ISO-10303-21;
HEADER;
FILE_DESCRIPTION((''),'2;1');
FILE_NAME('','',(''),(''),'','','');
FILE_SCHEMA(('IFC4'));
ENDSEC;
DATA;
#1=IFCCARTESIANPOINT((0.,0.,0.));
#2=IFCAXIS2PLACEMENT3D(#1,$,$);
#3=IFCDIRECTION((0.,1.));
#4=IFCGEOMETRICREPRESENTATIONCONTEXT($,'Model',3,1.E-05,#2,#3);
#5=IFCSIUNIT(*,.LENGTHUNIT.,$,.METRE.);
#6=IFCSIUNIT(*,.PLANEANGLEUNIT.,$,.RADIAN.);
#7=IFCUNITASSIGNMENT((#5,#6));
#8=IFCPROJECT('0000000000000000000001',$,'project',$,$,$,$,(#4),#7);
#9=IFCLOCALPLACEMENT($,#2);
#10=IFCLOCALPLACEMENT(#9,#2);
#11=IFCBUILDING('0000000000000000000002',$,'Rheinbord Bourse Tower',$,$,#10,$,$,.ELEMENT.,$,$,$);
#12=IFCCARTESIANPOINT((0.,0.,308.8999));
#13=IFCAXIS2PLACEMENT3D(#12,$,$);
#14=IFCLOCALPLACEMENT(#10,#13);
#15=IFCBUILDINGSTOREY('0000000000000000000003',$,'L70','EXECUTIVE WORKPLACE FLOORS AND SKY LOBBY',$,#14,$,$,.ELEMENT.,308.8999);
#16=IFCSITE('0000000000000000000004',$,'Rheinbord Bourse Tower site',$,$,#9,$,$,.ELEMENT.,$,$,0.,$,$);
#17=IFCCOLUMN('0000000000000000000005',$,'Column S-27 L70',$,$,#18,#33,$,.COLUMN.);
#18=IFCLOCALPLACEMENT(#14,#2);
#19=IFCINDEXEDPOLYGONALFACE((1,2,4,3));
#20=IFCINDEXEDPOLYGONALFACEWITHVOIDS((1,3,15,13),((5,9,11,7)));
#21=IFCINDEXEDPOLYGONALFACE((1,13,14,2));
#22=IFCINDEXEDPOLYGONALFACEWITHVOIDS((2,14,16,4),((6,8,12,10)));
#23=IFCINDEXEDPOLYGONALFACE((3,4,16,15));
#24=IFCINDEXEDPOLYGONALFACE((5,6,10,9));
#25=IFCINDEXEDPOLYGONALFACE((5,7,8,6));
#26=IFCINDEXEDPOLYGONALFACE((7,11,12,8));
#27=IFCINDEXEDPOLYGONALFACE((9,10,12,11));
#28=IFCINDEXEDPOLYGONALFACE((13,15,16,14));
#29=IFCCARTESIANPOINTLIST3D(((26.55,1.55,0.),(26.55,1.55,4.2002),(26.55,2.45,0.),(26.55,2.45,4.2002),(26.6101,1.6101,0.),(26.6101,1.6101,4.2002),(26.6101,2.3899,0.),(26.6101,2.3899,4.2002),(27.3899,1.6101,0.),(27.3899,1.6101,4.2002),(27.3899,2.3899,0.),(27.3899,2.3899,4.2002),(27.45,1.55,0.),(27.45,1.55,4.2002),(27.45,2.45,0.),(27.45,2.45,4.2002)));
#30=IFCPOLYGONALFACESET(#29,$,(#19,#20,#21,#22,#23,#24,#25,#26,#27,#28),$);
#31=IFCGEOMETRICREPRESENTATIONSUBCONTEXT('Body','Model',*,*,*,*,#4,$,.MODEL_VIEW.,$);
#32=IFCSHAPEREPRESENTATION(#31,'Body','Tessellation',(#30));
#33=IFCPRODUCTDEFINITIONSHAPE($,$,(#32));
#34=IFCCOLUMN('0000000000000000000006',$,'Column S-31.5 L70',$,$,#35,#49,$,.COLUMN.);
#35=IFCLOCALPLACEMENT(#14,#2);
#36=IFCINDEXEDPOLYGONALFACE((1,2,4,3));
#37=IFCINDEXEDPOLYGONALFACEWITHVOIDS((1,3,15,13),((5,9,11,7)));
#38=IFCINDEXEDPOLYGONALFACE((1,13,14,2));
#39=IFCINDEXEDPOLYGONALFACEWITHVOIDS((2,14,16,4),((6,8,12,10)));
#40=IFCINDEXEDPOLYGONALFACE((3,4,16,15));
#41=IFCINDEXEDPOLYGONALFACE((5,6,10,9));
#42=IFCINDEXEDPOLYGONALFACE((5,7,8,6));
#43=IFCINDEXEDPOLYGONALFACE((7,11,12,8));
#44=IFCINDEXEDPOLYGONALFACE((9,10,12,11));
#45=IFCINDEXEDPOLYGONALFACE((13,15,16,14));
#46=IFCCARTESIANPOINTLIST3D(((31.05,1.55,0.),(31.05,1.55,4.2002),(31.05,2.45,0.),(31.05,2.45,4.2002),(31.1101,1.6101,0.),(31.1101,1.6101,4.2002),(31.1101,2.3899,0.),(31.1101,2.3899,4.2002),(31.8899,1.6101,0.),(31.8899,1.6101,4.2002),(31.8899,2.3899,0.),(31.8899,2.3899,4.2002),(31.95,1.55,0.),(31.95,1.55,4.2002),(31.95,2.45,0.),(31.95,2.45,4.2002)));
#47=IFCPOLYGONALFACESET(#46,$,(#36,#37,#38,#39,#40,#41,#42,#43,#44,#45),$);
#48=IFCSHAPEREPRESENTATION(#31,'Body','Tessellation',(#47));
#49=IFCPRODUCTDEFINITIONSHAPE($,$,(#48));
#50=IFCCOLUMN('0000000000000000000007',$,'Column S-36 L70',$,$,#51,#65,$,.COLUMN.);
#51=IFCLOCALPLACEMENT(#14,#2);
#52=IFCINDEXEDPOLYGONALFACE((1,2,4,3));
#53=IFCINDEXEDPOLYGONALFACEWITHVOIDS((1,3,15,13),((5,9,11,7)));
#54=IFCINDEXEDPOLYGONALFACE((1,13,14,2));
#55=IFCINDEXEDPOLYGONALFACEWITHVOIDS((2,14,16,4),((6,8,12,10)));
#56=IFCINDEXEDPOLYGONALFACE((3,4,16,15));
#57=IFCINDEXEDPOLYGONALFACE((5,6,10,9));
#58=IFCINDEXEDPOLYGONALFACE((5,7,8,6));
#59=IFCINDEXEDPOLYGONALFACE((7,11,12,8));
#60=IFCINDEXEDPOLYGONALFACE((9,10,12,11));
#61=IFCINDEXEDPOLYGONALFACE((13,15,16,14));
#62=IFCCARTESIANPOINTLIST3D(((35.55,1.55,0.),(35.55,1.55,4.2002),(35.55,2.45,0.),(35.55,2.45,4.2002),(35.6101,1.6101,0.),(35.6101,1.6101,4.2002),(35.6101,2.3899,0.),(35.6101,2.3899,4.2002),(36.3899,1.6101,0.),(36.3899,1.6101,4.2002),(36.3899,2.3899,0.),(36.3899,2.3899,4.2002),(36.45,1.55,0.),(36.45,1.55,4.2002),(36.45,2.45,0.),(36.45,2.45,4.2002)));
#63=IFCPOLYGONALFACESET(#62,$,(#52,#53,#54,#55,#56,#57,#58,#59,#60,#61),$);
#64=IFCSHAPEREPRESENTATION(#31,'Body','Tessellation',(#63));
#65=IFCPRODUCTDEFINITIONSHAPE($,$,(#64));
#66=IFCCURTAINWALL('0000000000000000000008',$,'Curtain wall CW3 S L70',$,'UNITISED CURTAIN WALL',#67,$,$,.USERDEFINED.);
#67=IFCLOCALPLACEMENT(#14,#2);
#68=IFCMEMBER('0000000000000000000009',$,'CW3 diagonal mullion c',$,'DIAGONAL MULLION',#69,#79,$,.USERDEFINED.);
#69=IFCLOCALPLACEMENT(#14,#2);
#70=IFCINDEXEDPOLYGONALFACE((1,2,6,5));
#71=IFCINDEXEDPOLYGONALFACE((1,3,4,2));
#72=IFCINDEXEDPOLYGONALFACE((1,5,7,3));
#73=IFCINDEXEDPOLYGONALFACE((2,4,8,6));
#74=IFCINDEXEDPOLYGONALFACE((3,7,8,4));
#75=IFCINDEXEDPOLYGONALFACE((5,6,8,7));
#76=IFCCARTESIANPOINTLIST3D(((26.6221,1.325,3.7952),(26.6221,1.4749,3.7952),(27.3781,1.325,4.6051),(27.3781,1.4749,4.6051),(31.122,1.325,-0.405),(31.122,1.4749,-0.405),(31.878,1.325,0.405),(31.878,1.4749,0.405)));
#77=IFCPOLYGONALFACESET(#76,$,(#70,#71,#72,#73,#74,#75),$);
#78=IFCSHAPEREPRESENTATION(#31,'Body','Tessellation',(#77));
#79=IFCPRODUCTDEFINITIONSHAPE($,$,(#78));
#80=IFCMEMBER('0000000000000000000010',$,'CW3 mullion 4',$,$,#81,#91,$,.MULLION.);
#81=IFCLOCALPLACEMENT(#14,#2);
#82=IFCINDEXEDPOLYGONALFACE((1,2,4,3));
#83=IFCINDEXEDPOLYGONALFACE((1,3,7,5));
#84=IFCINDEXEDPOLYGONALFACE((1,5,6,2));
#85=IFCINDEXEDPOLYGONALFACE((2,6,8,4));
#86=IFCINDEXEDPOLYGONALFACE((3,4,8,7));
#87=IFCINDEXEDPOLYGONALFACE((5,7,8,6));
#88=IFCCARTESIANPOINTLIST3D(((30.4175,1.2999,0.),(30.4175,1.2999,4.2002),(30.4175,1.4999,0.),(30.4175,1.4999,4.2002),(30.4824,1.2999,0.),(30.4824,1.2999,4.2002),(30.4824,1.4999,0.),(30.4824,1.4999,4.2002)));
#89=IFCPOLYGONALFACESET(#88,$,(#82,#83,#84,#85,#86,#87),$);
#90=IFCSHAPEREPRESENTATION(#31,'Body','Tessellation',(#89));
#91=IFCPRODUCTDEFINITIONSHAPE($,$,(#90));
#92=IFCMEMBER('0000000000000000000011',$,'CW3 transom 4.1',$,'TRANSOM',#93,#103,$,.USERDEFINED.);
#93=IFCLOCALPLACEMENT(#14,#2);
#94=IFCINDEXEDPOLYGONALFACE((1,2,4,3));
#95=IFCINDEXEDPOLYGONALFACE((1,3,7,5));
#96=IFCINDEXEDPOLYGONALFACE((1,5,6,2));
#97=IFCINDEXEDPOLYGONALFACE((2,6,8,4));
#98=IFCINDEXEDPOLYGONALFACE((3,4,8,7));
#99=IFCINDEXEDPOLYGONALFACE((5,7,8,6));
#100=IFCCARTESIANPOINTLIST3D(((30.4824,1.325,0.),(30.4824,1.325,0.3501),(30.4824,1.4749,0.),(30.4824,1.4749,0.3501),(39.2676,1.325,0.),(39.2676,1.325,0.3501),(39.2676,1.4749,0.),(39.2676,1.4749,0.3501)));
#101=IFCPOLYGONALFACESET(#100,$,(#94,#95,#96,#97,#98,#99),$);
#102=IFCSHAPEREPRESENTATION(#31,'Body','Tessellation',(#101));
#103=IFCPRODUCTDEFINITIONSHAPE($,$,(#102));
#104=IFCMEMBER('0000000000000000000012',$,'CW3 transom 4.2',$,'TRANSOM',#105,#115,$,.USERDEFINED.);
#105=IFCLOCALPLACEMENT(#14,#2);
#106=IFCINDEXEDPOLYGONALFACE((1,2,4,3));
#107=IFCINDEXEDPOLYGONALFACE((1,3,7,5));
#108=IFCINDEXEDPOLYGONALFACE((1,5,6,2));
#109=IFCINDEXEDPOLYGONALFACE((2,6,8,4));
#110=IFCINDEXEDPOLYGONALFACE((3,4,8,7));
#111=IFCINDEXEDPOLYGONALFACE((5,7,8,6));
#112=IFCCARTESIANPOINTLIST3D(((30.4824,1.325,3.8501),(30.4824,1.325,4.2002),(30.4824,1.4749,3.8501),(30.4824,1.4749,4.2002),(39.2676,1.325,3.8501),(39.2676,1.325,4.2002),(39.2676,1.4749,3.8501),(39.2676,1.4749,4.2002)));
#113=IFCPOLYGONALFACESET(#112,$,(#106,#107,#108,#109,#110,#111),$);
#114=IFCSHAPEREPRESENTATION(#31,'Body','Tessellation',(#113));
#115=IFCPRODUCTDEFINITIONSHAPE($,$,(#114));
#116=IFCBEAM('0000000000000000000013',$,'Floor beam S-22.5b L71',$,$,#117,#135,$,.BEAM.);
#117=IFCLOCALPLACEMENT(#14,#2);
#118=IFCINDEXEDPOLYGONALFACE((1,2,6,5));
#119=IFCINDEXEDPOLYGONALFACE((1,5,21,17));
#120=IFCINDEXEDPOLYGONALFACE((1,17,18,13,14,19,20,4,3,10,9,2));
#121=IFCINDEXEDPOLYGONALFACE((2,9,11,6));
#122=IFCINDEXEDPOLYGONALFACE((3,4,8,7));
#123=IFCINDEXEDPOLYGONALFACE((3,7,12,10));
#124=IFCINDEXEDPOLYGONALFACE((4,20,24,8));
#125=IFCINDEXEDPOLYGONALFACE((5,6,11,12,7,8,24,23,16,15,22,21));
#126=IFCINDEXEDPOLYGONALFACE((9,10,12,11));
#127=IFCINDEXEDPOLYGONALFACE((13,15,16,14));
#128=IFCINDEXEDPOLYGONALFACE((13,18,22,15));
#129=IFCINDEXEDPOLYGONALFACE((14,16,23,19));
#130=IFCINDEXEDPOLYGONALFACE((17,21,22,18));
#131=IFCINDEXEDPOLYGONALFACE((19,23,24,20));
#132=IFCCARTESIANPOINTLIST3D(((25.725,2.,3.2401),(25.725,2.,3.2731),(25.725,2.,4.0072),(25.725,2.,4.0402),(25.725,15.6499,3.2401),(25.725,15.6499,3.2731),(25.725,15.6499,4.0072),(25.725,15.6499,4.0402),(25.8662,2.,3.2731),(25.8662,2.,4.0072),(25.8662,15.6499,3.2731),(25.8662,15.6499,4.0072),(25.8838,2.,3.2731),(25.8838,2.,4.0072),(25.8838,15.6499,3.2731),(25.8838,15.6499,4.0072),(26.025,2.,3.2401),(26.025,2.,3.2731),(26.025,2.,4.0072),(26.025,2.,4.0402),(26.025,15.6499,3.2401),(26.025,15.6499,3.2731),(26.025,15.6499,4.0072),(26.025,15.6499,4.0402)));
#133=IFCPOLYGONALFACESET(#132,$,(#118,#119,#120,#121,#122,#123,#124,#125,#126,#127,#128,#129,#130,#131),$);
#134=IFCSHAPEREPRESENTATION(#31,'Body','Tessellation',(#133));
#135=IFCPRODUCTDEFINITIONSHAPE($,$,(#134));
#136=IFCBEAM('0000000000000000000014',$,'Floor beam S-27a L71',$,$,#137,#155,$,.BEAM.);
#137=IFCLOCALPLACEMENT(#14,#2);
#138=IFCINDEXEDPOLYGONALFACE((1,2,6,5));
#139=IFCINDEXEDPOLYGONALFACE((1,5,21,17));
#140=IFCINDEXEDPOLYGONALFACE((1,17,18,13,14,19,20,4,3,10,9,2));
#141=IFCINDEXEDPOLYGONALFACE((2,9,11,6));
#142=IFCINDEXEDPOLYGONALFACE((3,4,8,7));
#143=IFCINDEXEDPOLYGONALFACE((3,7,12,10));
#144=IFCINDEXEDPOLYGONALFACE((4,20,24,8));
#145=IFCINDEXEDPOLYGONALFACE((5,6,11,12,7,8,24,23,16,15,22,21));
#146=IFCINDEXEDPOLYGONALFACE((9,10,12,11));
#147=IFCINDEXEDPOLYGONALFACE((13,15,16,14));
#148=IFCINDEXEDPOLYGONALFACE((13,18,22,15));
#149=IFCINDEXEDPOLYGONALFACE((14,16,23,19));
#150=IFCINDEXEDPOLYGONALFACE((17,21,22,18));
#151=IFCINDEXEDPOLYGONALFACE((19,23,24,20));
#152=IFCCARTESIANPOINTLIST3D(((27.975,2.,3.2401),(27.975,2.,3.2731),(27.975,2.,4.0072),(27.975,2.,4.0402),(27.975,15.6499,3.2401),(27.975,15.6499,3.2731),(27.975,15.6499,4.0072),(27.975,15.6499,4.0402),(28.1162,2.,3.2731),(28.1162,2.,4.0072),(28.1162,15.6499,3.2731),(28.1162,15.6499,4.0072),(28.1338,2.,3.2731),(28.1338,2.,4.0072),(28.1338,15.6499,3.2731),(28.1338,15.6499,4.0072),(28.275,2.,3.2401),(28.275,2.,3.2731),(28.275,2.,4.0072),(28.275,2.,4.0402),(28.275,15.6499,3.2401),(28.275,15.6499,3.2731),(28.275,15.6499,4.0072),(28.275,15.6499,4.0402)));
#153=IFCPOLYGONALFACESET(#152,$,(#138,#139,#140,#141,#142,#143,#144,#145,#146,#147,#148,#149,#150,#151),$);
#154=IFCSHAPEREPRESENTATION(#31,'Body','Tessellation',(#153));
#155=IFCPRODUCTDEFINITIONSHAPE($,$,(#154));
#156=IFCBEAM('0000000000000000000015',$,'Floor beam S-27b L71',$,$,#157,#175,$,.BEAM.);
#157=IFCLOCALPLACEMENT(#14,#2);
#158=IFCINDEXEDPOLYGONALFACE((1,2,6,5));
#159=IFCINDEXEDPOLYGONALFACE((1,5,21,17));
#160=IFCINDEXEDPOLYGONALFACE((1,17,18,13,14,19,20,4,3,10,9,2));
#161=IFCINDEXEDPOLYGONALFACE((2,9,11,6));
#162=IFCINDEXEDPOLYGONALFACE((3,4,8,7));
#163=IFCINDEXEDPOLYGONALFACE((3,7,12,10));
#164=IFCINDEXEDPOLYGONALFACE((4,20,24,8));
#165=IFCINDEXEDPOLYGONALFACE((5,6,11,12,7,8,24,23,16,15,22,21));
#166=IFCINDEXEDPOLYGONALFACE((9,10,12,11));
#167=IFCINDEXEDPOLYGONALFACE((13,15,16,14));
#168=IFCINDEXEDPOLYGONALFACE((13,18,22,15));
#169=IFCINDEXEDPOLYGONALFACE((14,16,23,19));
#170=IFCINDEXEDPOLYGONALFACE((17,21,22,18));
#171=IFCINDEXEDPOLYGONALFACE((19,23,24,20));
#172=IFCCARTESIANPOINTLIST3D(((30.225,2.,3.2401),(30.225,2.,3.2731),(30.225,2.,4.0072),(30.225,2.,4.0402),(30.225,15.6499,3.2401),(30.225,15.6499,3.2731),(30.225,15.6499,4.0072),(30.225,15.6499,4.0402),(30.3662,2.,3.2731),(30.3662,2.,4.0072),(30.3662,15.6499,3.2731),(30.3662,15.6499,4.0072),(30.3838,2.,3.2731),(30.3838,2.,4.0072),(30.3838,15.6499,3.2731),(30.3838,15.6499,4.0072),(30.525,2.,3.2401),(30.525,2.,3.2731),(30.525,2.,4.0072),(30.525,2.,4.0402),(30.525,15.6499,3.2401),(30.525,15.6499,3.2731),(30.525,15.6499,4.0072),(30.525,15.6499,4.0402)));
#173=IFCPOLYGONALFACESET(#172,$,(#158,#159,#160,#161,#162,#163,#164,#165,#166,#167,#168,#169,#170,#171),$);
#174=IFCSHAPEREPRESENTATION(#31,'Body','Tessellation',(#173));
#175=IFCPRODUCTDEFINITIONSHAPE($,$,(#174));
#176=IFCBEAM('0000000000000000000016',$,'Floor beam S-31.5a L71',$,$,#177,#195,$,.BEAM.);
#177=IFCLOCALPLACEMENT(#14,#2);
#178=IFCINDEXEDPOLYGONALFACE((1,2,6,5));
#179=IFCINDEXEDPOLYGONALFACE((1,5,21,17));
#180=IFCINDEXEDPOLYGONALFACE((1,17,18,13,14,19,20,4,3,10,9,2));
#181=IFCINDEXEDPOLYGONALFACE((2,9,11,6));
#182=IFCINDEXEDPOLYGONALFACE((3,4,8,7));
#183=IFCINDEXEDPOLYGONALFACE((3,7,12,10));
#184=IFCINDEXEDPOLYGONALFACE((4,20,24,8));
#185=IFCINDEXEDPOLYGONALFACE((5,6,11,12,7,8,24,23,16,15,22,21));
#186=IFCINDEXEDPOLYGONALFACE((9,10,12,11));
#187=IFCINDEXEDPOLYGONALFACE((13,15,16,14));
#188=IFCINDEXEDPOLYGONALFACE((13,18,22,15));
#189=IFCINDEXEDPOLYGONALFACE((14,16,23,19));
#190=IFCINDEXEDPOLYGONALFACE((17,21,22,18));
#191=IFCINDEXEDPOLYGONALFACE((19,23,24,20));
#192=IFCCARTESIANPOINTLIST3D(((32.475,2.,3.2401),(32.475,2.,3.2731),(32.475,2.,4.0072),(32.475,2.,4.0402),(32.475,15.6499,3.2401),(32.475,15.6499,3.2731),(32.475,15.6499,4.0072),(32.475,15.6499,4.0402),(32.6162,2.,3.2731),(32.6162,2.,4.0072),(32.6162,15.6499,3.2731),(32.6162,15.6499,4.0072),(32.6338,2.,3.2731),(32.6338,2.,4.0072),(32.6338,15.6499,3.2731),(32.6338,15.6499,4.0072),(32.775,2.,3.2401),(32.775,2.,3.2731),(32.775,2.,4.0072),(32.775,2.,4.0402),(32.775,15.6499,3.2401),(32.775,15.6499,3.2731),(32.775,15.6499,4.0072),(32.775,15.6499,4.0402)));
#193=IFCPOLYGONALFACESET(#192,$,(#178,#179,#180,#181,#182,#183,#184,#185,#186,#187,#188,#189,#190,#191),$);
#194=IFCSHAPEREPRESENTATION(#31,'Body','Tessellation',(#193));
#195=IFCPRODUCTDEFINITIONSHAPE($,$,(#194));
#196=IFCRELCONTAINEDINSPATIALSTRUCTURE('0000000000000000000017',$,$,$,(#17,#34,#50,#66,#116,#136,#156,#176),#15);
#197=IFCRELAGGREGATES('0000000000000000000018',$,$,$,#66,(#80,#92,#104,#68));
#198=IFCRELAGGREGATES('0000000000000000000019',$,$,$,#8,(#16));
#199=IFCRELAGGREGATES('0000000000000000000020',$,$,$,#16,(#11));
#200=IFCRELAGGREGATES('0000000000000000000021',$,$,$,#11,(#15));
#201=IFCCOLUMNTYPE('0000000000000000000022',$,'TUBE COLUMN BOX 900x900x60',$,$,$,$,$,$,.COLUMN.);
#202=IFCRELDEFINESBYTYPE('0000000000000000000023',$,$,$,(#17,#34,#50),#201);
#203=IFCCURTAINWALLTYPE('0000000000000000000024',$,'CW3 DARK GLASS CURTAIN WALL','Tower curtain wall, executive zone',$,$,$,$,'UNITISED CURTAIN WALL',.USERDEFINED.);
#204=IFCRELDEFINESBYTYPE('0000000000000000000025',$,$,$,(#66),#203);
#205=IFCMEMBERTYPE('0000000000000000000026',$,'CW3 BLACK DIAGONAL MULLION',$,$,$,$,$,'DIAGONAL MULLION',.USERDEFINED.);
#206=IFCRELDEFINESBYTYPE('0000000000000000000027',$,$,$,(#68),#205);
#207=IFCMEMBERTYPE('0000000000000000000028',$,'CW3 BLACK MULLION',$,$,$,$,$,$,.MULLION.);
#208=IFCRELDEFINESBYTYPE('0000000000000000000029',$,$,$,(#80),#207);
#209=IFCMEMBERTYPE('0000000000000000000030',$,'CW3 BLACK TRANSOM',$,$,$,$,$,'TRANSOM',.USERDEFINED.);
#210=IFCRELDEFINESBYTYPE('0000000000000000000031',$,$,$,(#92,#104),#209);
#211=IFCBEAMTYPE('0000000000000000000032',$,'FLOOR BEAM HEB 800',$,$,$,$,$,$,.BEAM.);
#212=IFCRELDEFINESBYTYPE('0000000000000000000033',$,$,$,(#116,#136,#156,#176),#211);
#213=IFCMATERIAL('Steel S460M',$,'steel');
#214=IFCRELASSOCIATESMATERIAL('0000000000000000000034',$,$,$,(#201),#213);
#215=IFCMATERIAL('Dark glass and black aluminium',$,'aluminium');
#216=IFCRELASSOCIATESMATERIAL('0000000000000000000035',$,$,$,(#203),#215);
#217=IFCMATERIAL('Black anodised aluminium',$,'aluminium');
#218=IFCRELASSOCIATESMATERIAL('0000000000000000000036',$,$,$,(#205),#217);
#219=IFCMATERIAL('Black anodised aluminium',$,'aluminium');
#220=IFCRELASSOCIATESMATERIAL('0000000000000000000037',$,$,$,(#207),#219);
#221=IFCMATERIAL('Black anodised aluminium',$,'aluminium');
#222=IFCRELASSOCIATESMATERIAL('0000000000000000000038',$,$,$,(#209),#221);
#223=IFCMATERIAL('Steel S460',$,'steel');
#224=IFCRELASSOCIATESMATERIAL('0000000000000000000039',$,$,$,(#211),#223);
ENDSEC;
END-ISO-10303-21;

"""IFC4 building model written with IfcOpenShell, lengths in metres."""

from ifc_helpers import new_model, si_unit, direction, frame, origin, origin_2d, place, context, subcontext, project, spatial, rectangle, hollow_rectangle, i_section, extrude, material, material_profile, profile_set, type_object, element, aggregate, save


model = new_model("IFC4")

# Units and contexts
model_context = context("Model", 3, precision=1e-05, world=origin(), true_north=direction((0.0, 1.0)))
body_context = subcontext(model_context, "Body", "Model", "MODEL_VIEW")
ifc_project = project(units=[si_unit("LENGTHUNIT", "METRE"), si_unit("PLANEANGLEUNIT", "RADIAN")], contexts=[model_context])

# Site, building, storey
site_placement = place(None, origin())
site = spatial("IfcSite", under=ifc_project, at=site_placement, Name="Rheinbord Bourse Tower site", CompositionType="ELEMENT", RefElevation=0.0)
building_placement = place(site_placement, origin())
building = spatial("IfcBuilding", under=site, at=building_placement, Name="Rheinbord Bourse Tower", CompositionType="ELEMENT")
storey_placement = place(building_placement, frame((0.0, 0.0, 308.8999)))
storey = spatial("IfcBuildingStorey", under=building, at=storey_placement, Name="L70", Description="EXECUTIVE WORKPLACE FLOORS AND SKY LOBBY", CompositionType="ELEMENT", Elevation=308.8999)

# Columns
ifc_material_1 = material(Name="Steel S460M", Category="steel")
ifc_material_profile_1 = material_profile(ifc_material_1, hollow_rectangle(XDim=0.8999, YDim=0.8999, WallThickness=0.0601, at=origin_2d()), Name="BOX 900x900x60")
ifc_profile_set_1 = profile_set([ifc_material_profile_1], Name="Steel S460M")
column_type = type_object("IfcColumnType", Name="TUBE COLUMN BOX 900x900x60", PredefinedType="COLUMN", material=ifc_profile_set_1)
for number, where, z_axis, x_axis, name in (
    (1, (27.0, 2.0, 0.0), (0.0, 0.0, 1.0), (0.0, 1.0, 0.0), "Column S-27 L70"),
    (2, (31.5, 2.0, 0.0), (0.0, 0.0, 1.0), (0.0, 1.0, 0.0), "Column S-31.5 L70"),
    (3, (36.0, 2.0, 0.0), (0.0, 0.0, 1.0), (0.0, 1.0, 0.0), "Column S-36 L70"),
):
    element("IfcColumn", number, at=place(storey_placement, frame(where, z_axis=z_axis, x_axis=x_axis)), inside=storey, type_object=column_type, Name=name, PredefinedType="COLUMN", context=body_context, shape_type="SweptSolid", body=[
        extrude(hollow_rectangle(XDim=0.8999, YDim=0.8999, WallThickness=0.0601, at=origin_2d()), origin(), (0.0, 0.0, 1.0), 4.2002),
    ])

# Curtain wall, members
ifc_material_2 = material(Name="Dark glass and black aluminium", Category="aluminium")
curtain_wall_type = type_object("IfcCurtainWallType", Name="CW3 DARK GLASS CURTAIN WALL", Description="Tower curtain wall, executive zone", ElementType="UNITISED CURTAIN WALL", PredefinedType="USERDEFINED", material=ifc_material_2)
curtain_wall_placement = place(storey_placement, origin())
curtain_wall = element("IfcCurtainWall", 4, at=curtain_wall_placement, inside=storey, type_object=curtain_wall_type, Name="Curtain wall CW3 S L70", ObjectType="UNITISED CURTAIN WALL", PredefinedType="USERDEFINED")
ifc_material_3 = material(Name="Black anodised aluminium", Category="aluminium")
ifc_material_profile_2 = material_profile(ifc_material_3, rectangle(XDim=0.1499, YDim=1.1079, at=origin_2d()), Name="CW3 DIAGONAL MULLION 1108x150")
ifc_profile_set_2 = profile_set([ifc_material_profile_2], Name="Black anodised aluminium")
member_type_1 = type_object("IfcMemberType", Name="CW3 BLACK DIAGONAL MULLION", ElementType="DIAGONAL MULLION", PredefinedType="USERDEFINED", material=ifc_profile_set_2)
member_1_placement = place(storey_placement, frame((31.5, 1.3999, 0.0), z_axis=(-0.731039, 0.0, 0.682335), x_axis=(0.0, -1.0, 0.0)))
member_1 = element("IfcMember", 5, at=member_1_placement, type_object=member_type_1, Name="CW3 diagonal mullion c", ObjectType="DIAGONAL MULLION", PredefinedType="USERDEFINED", context=body_context, shape_type="SweptSolid", body=[
    extrude(rectangle(XDim=0.1499, YDim=1.1079, at=origin_2d()), origin(), (0.0, 0.0, 1.0), 6.1555),
])
ifc_material_4 = material(Name="Black anodised aluminium", Category="aluminium")
ifc_material_profile_3 = material_profile(ifc_material_4, rectangle(XDim=0.2, YDim=0.0649, at=origin_2d()), Name="CW3 MULLION 65x200")
ifc_profile_set_3 = profile_set([ifc_material_profile_3], Name="Black anodised aluminium")
member_type_2 = type_object("IfcMemberType", Name="CW3 BLACK MULLION", PredefinedType="MULLION", material=ifc_profile_set_3)
member_2_placement = place(storey_placement, frame((30.45, 1.3999, 0.0), z_axis=(0.0, 0.0, 1.0), x_axis=(0.0, 1.0, 0.0)))
member_2 = element("IfcMember", 6, at=member_2_placement, type_object=member_type_2, Name="CW3 mullion 4", PredefinedType="MULLION", context=body_context, shape_type="SweptSolid", body=[
    extrude(rectangle(XDim=0.2, YDim=0.0649, at=origin_2d()), origin(), (0.0, 0.0, 1.0), 4.2002),
])
ifc_material_5 = material(Name="Black anodised aluminium", Category="aluminium")
ifc_material_profile_4 = material_profile(ifc_material_5, rectangle(XDim=0.1499, YDim=0.3501, at=origin_2d()), Name="CW3 TRANSOM 350x150")
ifc_profile_set_4 = profile_set([ifc_material_profile_4], Name="Black anodised aluminium")
member_type_3 = type_object("IfcMemberType", Name="CW3 BLACK TRANSOM", ElementType="TRANSOM", PredefinedType="USERDEFINED", material=ifc_profile_set_4)
member_3_placement = place(storey_placement, frame((30.4824, 1.3999, 0.175), z_axis=(1.0, 0.0, 0.0), x_axis=(0.0, 1.0, 0.0)))
member_3 = element("IfcMember", 7, at=member_3_placement, type_object=member_type_3, Name="CW3 transom 4.1", ObjectType="TRANSOM", PredefinedType="USERDEFINED", context=body_context, shape_type="SweptSolid", body=[
    extrude(rectangle(XDim=0.1499, YDim=0.3501, at=origin_2d()), origin(), (0.0, 0.0, 1.0), 8.7852),
])
member_4_placement = place(storey_placement, frame((30.4824, 1.3999, 4.0251), z_axis=(1.0, 0.0, 0.0), x_axis=(0.0, 1.0, 0.0)))
member_4 = element("IfcMember", 8, at=member_4_placement, type_object=member_type_3, Name="CW3 transom 4.2", ObjectType="TRANSOM", PredefinedType="USERDEFINED", context=body_context, shape_type="SweptSolid", body=[
    extrude(rectangle(XDim=0.1499, YDim=0.3501, at=origin_2d()), origin(), (0.0, 0.0, 1.0), 8.7852),
])

# Beams
ifc_material_6 = material(Name="Steel S460", Category="steel")
ifc_material_profile_5 = material_profile(ifc_material_6, i_section(OverallWidth=0.3, OverallDepth=0.8, WebThickness=0.0176, FlangeThickness=0.033, at=origin_2d()), Name="HEB 800")
ifc_profile_set_5 = profile_set([ifc_material_profile_5], Name="Steel S460")
beam_type_1 = type_object("IfcBeamType", Name="FLOOR BEAM HEB 800", PredefinedType="BEAM", material=ifc_profile_set_5)
for number, where, z_axis, x_axis, name in (
    (9, (25.875, 2.0, 3.6401), (0.0, 1.0, 0.0), (-1.0, 0.0, 0.0), "Floor beam S-22.5b L71"),
    (10, (28.125, 2.0, 3.6401), (0.0, 1.0, 0.0), (-1.0, 0.0, 0.0), "Floor beam S-27a L71"),
    (11, (30.375, 2.0, 3.6401), (0.0, 1.0, 0.0), (-1.0, 0.0, 0.0), "Floor beam S-27b L71"),
    (12, (32.625, 2.0, 3.6401), (0.0, 1.0, 0.0), (-1.0, 0.0, 0.0), "Floor beam S-31.5a L71"),
):
    element("IfcBeam", number, at=place(storey_placement, frame(where, z_axis=z_axis, x_axis=x_axis)), inside=storey, type_object=beam_type_1, Name=name, PredefinedType="BEAM", context=body_context, shape_type="SweptSolid", body=[
        extrude(i_section(OverallWidth=0.3, OverallDepth=0.8, WebThickness=0.0176, FlangeThickness=0.033, at=origin_2d()), origin(), (0.0, 0.0, 1.0), 13.6499),
    ])

aggregate(curtain_wall, [member_2, member_3, member_4, member_1])

save(model, "model.ifc")
